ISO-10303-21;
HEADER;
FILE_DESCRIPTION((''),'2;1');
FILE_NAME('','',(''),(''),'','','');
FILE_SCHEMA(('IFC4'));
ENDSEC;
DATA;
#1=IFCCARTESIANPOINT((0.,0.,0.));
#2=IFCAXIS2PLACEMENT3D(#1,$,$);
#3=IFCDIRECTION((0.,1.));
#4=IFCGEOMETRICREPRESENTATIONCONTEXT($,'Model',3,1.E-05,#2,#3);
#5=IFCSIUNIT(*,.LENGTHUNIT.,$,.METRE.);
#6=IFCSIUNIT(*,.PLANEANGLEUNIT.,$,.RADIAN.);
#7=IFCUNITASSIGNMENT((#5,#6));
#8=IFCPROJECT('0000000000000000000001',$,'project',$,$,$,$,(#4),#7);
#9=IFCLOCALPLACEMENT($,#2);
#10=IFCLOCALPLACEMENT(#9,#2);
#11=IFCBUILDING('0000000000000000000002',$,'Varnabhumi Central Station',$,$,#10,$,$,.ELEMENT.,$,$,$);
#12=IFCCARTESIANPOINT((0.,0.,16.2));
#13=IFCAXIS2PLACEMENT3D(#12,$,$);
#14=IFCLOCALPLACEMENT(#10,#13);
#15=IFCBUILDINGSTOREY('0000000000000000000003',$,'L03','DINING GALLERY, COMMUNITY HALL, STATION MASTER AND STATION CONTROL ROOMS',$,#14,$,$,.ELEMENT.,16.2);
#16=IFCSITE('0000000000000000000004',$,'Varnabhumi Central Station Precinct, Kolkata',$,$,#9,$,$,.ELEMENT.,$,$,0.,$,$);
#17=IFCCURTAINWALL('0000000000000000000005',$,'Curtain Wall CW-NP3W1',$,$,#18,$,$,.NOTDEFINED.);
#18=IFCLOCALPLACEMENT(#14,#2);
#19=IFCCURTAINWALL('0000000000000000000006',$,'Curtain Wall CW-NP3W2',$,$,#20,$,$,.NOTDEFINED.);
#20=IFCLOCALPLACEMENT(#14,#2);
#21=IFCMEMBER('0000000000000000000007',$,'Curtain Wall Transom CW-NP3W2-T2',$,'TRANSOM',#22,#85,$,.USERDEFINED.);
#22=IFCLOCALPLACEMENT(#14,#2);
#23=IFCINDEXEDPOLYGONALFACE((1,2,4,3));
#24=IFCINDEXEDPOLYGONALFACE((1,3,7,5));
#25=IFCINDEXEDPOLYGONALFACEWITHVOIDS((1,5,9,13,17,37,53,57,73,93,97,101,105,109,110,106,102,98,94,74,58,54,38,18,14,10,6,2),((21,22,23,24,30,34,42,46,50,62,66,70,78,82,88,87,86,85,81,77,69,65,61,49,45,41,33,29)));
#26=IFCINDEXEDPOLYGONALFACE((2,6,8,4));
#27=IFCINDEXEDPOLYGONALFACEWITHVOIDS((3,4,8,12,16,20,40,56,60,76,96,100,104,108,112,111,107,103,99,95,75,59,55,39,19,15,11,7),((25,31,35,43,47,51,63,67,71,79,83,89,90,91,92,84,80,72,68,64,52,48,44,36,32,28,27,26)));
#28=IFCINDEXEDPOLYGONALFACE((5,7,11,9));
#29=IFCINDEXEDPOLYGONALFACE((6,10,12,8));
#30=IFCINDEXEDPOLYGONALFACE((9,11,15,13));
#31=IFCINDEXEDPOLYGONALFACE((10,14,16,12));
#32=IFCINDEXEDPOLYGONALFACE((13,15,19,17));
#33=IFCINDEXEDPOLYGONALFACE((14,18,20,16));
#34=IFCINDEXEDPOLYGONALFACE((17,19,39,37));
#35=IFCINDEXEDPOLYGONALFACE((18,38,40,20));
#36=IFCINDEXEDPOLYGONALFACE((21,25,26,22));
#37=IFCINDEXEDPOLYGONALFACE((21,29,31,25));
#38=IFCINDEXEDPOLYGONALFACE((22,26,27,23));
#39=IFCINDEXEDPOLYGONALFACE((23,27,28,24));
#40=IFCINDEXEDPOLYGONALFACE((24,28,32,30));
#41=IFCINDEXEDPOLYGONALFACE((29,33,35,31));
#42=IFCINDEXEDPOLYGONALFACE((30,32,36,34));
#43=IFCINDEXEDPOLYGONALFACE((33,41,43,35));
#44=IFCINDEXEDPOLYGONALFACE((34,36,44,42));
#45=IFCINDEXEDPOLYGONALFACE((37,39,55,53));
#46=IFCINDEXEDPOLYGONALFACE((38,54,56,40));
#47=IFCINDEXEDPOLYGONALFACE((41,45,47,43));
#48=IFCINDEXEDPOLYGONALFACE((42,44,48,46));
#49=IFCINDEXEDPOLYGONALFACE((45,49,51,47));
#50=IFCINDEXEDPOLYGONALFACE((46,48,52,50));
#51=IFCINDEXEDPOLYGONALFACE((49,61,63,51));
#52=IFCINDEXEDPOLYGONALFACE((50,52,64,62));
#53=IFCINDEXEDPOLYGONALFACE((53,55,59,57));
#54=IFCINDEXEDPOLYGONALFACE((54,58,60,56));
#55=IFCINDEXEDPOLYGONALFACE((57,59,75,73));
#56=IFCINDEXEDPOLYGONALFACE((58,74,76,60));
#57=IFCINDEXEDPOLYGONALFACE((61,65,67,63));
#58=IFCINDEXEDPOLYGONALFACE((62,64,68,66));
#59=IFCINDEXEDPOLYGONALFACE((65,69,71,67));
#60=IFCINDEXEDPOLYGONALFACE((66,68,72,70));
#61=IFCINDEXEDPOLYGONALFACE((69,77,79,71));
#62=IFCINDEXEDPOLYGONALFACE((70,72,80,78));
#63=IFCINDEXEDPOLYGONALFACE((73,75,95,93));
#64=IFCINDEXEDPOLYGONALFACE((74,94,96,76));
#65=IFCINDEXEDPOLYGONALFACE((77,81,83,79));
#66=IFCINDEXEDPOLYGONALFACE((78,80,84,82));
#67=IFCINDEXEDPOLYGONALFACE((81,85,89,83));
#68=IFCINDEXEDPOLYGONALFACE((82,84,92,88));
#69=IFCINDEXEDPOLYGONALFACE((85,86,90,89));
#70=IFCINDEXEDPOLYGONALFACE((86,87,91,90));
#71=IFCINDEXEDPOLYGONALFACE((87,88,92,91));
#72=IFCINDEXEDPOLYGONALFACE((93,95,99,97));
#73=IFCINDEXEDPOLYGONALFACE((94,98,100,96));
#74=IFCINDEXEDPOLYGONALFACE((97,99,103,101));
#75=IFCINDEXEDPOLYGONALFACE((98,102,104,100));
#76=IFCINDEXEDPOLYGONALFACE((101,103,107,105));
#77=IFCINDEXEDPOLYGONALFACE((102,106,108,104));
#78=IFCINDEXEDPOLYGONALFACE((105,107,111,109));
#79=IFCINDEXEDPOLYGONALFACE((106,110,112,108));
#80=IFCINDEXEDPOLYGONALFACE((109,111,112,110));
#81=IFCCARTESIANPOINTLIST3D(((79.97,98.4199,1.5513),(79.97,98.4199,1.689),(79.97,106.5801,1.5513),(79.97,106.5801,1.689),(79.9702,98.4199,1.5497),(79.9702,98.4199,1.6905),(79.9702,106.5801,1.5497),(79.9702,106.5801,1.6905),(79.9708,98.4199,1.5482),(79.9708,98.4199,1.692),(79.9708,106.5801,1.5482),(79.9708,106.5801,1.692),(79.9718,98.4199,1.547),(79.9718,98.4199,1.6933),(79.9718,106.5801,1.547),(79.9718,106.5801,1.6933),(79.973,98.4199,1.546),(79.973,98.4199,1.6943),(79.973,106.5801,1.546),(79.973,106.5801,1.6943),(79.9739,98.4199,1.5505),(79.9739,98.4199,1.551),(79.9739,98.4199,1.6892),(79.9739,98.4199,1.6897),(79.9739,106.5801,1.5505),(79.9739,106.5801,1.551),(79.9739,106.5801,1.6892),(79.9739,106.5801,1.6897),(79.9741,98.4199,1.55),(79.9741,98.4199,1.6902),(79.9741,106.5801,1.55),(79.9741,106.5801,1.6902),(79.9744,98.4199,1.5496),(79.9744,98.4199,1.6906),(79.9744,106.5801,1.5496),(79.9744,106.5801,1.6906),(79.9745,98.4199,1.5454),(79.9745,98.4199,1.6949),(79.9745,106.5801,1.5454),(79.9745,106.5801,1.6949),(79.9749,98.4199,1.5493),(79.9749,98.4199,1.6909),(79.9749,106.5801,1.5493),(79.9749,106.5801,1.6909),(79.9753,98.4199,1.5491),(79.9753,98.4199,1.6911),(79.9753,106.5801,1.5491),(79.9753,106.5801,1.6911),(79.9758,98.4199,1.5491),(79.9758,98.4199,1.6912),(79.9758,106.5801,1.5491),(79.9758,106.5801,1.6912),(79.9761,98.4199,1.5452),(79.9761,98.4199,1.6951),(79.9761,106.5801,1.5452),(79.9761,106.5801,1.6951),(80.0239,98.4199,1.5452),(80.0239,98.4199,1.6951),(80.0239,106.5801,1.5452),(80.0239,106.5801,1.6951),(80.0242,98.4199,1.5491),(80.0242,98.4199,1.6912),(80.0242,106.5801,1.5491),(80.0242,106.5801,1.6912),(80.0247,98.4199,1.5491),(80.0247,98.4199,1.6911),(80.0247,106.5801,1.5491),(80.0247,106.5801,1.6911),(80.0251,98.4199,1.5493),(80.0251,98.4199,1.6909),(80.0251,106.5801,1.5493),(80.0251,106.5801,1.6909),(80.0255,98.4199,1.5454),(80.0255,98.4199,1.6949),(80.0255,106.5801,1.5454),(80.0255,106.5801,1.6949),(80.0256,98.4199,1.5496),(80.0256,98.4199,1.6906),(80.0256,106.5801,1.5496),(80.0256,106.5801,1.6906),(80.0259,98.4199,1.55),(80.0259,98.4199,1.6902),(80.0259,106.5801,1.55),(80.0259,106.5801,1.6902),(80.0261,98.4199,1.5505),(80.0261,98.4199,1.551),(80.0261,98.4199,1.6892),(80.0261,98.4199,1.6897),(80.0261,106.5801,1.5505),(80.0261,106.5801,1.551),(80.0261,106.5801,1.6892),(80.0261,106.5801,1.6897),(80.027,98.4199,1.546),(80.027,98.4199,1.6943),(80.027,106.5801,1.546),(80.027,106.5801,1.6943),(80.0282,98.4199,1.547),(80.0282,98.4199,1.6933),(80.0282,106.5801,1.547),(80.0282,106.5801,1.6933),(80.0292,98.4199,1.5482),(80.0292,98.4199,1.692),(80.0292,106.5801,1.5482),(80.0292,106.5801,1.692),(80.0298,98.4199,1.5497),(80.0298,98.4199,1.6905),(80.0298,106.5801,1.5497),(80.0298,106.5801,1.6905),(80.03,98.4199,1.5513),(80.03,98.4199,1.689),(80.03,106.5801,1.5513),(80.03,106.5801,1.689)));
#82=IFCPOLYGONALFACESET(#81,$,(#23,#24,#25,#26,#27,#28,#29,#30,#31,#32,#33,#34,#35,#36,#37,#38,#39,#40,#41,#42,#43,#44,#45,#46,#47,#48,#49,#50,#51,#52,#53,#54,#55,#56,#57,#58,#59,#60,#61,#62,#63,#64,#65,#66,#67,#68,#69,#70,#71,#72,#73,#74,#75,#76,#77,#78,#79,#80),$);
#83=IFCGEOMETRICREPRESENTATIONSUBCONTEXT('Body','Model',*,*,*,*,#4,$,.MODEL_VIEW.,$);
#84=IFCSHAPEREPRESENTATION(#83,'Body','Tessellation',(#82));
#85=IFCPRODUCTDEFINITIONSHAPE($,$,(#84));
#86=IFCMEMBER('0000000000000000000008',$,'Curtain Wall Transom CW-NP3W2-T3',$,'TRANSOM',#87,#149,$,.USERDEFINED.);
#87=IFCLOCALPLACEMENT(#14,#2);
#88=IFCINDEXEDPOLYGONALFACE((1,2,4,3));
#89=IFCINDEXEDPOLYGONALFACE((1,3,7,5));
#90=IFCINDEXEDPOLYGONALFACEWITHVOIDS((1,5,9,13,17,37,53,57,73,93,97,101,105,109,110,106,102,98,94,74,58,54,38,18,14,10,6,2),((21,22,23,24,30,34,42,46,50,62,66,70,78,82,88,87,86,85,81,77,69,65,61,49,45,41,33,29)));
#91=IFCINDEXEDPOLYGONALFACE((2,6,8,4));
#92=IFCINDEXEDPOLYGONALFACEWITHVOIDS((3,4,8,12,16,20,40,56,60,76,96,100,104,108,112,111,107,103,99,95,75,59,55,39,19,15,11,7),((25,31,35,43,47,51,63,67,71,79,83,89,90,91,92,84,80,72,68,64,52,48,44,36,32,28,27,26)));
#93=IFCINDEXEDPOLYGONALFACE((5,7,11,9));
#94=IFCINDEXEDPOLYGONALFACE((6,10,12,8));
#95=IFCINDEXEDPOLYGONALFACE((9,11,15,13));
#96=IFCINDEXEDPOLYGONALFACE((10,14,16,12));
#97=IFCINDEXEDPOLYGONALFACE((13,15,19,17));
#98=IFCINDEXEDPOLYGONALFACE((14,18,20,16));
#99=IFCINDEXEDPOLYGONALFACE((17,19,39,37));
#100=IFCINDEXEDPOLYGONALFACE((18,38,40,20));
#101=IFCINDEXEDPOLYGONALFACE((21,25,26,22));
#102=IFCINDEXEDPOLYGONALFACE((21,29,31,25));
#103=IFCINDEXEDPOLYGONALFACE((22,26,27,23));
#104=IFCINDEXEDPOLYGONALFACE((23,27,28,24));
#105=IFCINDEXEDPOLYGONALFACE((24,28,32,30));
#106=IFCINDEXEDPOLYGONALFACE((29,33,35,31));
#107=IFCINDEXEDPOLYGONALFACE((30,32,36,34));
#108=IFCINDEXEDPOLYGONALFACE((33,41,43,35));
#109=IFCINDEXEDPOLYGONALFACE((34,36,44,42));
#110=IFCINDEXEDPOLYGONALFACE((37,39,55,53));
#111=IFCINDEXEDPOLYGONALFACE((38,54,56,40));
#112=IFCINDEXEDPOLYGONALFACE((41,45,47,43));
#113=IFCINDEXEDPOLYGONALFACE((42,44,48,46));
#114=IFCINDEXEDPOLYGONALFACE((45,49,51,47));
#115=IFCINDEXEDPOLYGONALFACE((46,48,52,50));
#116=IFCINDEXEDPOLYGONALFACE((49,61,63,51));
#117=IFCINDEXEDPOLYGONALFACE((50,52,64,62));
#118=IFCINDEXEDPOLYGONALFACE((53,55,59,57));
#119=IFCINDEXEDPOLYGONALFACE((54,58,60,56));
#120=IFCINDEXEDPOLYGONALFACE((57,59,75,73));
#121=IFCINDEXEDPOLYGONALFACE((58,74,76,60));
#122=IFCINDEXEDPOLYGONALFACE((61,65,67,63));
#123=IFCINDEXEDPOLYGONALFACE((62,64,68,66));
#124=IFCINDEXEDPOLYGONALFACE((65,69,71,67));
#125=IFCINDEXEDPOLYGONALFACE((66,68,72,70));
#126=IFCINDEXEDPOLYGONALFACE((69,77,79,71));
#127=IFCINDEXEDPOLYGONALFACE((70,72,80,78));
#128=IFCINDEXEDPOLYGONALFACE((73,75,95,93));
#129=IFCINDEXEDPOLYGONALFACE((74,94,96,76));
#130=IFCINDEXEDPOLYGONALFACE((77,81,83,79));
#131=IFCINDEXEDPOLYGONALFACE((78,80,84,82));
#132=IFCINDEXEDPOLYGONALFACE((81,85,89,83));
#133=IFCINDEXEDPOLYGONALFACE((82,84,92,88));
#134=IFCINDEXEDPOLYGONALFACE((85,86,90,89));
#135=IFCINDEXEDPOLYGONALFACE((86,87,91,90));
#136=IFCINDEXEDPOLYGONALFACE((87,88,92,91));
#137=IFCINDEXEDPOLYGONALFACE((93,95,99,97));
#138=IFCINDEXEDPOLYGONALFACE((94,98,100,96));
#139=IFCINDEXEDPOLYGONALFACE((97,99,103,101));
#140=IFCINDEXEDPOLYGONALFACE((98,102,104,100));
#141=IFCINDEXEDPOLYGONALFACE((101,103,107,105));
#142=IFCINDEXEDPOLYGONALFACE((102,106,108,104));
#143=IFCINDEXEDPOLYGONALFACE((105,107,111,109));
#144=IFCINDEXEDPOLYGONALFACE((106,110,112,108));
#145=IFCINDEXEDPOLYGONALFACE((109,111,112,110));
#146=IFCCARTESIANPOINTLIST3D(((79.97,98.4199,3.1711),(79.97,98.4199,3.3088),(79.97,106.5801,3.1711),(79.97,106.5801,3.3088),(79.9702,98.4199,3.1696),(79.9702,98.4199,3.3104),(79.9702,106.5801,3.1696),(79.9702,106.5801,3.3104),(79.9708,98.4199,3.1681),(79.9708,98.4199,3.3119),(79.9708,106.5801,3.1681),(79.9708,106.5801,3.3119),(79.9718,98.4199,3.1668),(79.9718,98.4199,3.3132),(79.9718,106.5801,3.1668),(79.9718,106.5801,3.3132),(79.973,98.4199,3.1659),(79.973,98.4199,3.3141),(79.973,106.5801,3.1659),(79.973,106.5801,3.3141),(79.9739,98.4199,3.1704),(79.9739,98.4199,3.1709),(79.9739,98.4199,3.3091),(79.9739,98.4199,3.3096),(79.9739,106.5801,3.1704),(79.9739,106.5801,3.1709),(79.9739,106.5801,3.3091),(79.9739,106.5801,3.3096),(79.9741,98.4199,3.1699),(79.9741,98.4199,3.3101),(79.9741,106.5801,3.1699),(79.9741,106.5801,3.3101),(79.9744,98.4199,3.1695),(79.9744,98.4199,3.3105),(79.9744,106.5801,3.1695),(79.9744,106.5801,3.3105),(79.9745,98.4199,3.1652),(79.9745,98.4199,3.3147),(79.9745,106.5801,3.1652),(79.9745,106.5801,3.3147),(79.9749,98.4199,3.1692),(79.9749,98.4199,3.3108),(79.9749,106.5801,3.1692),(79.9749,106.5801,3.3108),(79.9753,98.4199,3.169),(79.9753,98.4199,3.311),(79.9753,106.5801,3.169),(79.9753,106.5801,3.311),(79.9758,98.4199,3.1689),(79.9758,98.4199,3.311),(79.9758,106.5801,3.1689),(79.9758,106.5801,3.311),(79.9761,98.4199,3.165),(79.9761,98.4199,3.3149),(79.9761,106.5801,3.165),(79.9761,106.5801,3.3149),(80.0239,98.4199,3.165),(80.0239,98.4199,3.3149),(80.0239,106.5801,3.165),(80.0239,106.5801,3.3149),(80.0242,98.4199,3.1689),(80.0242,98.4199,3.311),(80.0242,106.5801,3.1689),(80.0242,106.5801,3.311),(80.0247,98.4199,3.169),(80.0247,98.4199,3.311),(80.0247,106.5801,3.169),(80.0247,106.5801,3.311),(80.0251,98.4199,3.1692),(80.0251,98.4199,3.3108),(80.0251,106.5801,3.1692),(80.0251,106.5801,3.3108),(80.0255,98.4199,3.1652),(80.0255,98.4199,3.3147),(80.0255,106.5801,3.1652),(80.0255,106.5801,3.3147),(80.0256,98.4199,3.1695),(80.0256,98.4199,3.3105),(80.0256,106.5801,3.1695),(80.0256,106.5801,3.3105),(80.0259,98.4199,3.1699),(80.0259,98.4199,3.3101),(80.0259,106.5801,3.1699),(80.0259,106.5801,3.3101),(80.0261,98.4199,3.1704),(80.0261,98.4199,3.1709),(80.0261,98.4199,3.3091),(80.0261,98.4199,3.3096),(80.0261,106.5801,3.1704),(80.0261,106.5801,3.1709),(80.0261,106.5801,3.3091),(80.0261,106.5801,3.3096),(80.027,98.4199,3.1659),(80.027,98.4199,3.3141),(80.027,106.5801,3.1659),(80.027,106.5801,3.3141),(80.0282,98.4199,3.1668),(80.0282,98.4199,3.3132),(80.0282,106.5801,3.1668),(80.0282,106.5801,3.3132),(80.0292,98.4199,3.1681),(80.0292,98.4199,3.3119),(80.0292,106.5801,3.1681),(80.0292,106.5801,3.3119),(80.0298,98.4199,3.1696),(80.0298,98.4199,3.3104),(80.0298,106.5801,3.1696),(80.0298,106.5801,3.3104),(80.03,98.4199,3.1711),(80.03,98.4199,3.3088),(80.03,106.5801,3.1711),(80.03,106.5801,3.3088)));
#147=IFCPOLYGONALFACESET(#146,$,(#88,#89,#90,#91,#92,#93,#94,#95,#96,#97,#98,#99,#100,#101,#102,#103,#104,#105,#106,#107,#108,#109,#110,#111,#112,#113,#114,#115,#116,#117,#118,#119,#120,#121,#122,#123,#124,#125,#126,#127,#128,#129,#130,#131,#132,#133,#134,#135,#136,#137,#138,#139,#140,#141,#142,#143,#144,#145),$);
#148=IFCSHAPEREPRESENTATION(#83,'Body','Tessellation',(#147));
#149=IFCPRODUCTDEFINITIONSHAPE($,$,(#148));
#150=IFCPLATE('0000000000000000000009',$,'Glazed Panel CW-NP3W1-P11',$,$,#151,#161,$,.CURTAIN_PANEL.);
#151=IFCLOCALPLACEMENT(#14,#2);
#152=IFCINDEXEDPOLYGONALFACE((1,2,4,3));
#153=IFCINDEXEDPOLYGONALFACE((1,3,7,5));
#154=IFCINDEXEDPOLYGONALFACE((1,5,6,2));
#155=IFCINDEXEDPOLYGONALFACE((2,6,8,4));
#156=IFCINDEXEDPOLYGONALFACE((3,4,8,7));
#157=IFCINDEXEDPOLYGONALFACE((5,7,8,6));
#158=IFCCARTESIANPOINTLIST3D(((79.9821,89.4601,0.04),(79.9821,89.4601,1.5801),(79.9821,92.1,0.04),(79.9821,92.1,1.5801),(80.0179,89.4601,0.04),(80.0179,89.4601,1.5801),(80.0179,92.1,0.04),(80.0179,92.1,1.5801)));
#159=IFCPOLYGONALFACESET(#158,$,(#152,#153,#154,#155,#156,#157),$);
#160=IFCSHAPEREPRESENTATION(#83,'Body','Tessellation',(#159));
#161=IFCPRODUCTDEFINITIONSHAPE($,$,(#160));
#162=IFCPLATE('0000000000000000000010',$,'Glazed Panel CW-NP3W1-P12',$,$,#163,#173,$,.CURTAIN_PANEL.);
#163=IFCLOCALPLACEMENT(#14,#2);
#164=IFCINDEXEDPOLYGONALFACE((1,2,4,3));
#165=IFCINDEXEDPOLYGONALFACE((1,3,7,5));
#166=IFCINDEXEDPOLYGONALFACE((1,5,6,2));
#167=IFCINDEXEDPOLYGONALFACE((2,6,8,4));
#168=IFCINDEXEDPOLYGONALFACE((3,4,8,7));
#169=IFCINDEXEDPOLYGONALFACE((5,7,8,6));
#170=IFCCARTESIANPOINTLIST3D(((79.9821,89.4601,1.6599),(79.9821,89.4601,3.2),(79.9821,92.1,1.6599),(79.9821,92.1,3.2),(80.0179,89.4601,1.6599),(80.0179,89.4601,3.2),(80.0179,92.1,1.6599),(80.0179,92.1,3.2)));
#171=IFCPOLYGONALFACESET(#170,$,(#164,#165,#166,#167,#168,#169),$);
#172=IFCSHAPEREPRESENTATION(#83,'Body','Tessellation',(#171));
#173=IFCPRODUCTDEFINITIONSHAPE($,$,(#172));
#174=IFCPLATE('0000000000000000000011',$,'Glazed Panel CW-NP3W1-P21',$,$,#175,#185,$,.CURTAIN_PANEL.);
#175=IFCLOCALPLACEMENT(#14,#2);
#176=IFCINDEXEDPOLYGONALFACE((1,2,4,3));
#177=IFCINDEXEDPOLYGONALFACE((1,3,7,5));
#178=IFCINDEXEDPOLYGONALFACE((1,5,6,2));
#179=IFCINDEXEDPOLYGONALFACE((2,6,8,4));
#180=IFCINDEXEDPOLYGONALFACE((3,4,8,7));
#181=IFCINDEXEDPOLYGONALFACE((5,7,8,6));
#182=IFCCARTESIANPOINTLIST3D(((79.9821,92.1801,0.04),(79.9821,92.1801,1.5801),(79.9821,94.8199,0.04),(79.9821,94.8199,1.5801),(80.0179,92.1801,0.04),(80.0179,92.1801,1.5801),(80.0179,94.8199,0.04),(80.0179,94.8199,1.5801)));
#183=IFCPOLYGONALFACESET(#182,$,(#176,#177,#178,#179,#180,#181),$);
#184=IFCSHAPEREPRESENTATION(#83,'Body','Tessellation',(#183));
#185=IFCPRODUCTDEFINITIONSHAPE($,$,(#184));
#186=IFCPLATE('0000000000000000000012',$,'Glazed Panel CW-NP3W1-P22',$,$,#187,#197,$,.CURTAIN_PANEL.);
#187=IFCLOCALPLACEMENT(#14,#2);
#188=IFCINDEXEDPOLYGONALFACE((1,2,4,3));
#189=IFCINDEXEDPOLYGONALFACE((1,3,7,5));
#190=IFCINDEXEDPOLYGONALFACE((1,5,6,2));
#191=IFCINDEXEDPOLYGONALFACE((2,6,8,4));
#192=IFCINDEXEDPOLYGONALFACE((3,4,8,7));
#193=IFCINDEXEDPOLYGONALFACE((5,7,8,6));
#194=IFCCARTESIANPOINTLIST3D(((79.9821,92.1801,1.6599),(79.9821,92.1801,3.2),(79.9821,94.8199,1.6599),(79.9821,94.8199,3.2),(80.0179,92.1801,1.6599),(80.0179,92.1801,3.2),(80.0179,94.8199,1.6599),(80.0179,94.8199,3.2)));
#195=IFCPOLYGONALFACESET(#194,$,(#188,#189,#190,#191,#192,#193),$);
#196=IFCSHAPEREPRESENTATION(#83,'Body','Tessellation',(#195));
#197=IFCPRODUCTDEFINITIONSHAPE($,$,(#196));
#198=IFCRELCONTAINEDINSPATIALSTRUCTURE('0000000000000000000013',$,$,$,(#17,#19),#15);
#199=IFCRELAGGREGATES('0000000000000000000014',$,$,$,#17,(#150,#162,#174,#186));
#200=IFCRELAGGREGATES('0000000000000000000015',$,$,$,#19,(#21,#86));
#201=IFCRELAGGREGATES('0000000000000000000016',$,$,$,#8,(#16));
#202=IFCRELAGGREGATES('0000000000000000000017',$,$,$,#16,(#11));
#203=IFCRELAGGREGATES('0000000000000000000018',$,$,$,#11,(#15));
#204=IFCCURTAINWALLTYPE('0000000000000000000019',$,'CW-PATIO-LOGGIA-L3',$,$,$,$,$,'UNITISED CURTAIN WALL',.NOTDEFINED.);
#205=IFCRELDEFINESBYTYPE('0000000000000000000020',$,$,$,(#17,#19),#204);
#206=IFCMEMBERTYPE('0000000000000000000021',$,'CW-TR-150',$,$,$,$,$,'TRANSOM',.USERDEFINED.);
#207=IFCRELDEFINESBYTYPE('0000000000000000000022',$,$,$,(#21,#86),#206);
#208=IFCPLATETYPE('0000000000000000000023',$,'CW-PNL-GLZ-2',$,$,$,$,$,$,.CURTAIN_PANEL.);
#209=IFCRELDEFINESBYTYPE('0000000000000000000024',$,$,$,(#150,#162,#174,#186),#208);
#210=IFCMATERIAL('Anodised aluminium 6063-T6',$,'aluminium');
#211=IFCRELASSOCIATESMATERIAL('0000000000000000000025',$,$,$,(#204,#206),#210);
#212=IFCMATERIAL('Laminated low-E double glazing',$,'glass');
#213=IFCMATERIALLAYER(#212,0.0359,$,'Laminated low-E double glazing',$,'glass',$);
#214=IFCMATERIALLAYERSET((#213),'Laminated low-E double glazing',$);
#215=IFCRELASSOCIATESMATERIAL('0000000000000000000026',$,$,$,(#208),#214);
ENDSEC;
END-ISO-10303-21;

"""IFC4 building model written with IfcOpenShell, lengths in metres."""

from ifc_helpers import new_model, si_unit, direction, frame, origin, origin_2d, place, context, subcontext, project, spatial, rectangle, hollow_rectangle, extrude, material, layer, layer_set, material_profile, profile_set, type_object, element, aggregate, save


model = new_model("IFC4")

# Units and contexts
model_context = context("Model", 3, precision=1e-05, world=origin(), true_north=direction((0.0, 1.0)))
body_context = subcontext(model_context, "Body", "Model", "MODEL_VIEW")
ifc_project = project(units=[si_unit("LENGTHUNIT", "METRE"), si_unit("PLANEANGLEUNIT", "RADIAN")], contexts=[model_context])

# Site, building, storey
site_placement = place(None, origin())
site = spatial("IfcSite", under=ifc_project, at=site_placement, Name="Varnabhumi Central Station Precinct, Kolkata", CompositionType="ELEMENT", RefElevation=0.0)
building_placement = place(site_placement, origin())
building = spatial("IfcBuilding", under=site, at=building_placement, Name="Varnabhumi Central Station", CompositionType="ELEMENT")
storey_placement = place(building_placement, frame((0.0, 0.0, 16.2)))
storey = spatial("IfcBuildingStorey", under=building, at=storey_placement, Name="L03", Description="DINING GALLERY, COMMUNITY HALL, STATION MASTER AND STATION CONTROL ROOMS", CompositionType="ELEMENT", Elevation=16.2)

# Curtain wall
ifc_material_1 = material(Name="Anodised aluminium 6063-T6", Category="aluminium")
curtain_wall_type = type_object("IfcCurtainWallType", Name="CW-PATIO-LOGGIA-L3", ElementType="UNITISED CURTAIN WALL", PredefinedType="NOTDEFINED", material=ifc_material_1)
curtain_wall_1_placement = place(storey_placement, origin())
curtain_wall_1 = element("IfcCurtainWall", 1, at=curtain_wall_1_placement, inside=storey, type_object=curtain_wall_type, Name="Curtain Wall CW-NP3W1", PredefinedType="NOTDEFINED")

# Curtain wall
curtain_wall_2_placement = place(storey_placement, origin())
curtain_wall_2 = element("IfcCurtainWall", 2, at=curtain_wall_2_placement, inside=storey, type_object=curtain_wall_type, Name="Curtain Wall CW-NP3W2", PredefinedType="NOTDEFINED")

# Members
ifc_material_profile_1 = material_profile(ifc_material_1, hollow_rectangle(XDim=0.0601, YDim=0.1499, WallThickness=0.0039, InnerFilletRadius=0.002, OuterFilletRadius=0.0061, at=origin_2d()), Name="Anodised aluminium 6063-T6", Category="aluminium")
ifc_profile_set_1 = profile_set([ifc_material_profile_1], Name="Anodised aluminium 6063-T6")
member_type_1 = type_object("IfcMemberType", Name="CW-TR-150", ElementType="TRANSOM", PredefinedType="USERDEFINED", material=ifc_profile_set_1)
member_1_placement = place(storey_placement, frame((80.0, 98.4199, 1.6201), z_axis=(0.0, 1.0, 0.0), x_axis=(-1.0, 0.0, 0.0)))
member_1 = element("IfcMember", 3, at=member_1_placement, type_object=member_type_1, Name="Curtain Wall Transom CW-NP3W2-T2", ObjectType="TRANSOM", PredefinedType="USERDEFINED", context=body_context, shape_type="SweptSolid", body=[
    extrude(hollow_rectangle(XDim=0.0601, YDim=0.1499, WallThickness=0.0039, InnerFilletRadius=0.002, OuterFilletRadius=0.0061, at=origin_2d()), origin(), (0.0, 0.0, 1.0), 8.1602),
])
member_2_placement = place(storey_placement, frame((80.0, 98.4199, 3.24), z_axis=(0.0, 1.0, 0.0), x_axis=(-1.0, 0.0, 0.0)))
member_2 = element("IfcMember", 4, at=member_2_placement, type_object=member_type_1, Name="Curtain Wall Transom CW-NP3W2-T3", ObjectType="TRANSOM", PredefinedType="USERDEFINED", context=body_context, shape_type="SweptSolid", body=[
    extrude(hollow_rectangle(XDim=0.0601, YDim=0.1499, WallThickness=0.0039, InnerFilletRadius=0.002, OuterFilletRadius=0.0061, at=origin_2d()), origin(), (0.0, 0.0, 1.0), 8.1602),
])

# Plates
ifc_material_2 = material(Name="Laminated low-E double glazing", Category="glass")
ifc_layer_1 = layer(ifc_material_2, 0.0359, Name="Laminated low-E double glazing", Category="glass")
ifc_layer_set_1 = layer_set([ifc_layer_1], Name="Laminated low-E double glazing")
plate_type_1 = type_object("IfcPlateType", Name="CW-PNL-GLZ-2", PredefinedType="CURTAIN_PANEL", material=ifc_layer_set_1)
plate_1_placement = place(storey_placement, frame((80.0, 90.78, 0.04), z_axis=(0.0, 0.0, 1.0), x_axis=(0.0, 1.0, 0.0)))
plate_1 = element("IfcPlate", 5, at=plate_1_placement, type_object=plate_type_1, Name="Glazed Panel CW-NP3W1-P11", PredefinedType="CURTAIN_PANEL", context=body_context, shape_type="SweptSolid", body=[
    extrude(rectangle(XDim=2.6399, YDim=0.0359, at=origin_2d()), origin(), (0.0, 0.0, 1.0), 1.54),
])
plate_2_placement = place(storey_placement, frame((80.0, 90.78, 1.6599), z_axis=(0.0, 0.0, 1.0), x_axis=(0.0, 1.0, 0.0)))
plate_2 = element("IfcPlate", 6, at=plate_2_placement, type_object=plate_type_1, Name="Glazed Panel CW-NP3W1-P12", PredefinedType="CURTAIN_PANEL", context=body_context, shape_type="SweptSolid", body=[
    extrude(rectangle(XDim=2.6399, YDim=0.0359, at=origin_2d()), origin(), (0.0, 0.0, 1.0), 1.54),
])
plate_3_placement = place(storey_placement, frame((80.0, 93.5, 0.04), z_axis=(0.0, 0.0, 1.0), x_axis=(0.0, 1.0, 0.0)))
plate_3 = element("IfcPlate", 7, at=plate_3_placement, type_object=plate_type_1, Name="Glazed Panel CW-NP3W1-P21", PredefinedType="CURTAIN_PANEL", context=body_context, shape_type="SweptSolid", body=[
    extrude(rectangle(XDim=2.6399, YDim=0.0359, at=origin_2d()), origin(), (0.0, 0.0, 1.0), 1.54),
])
plate_4_placement = place(storey_placement, frame((80.0, 93.5, 1.6599), z_axis=(0.0, 0.0, 1.0), x_axis=(0.0, 1.0, 0.0)))
plate_4 = element("IfcPlate", 8, at=plate_4_placement, type_object=plate_type_1, Name="Glazed Panel CW-NP3W1-P22", PredefinedType="CURTAIN_PANEL", context=body_context, shape_type="SweptSolid", body=[
    extrude(rectangle(XDim=2.6399, YDim=0.0359, at=origin_2d()), origin(), (0.0, 0.0, 1.0), 1.54),
])
aggregate(curtain_wall_1, [plate_1, plate_2, plate_3, plate_4])
aggregate(curtain_wall_2, [member_1, member_2])

save(model, "model.ifc")
